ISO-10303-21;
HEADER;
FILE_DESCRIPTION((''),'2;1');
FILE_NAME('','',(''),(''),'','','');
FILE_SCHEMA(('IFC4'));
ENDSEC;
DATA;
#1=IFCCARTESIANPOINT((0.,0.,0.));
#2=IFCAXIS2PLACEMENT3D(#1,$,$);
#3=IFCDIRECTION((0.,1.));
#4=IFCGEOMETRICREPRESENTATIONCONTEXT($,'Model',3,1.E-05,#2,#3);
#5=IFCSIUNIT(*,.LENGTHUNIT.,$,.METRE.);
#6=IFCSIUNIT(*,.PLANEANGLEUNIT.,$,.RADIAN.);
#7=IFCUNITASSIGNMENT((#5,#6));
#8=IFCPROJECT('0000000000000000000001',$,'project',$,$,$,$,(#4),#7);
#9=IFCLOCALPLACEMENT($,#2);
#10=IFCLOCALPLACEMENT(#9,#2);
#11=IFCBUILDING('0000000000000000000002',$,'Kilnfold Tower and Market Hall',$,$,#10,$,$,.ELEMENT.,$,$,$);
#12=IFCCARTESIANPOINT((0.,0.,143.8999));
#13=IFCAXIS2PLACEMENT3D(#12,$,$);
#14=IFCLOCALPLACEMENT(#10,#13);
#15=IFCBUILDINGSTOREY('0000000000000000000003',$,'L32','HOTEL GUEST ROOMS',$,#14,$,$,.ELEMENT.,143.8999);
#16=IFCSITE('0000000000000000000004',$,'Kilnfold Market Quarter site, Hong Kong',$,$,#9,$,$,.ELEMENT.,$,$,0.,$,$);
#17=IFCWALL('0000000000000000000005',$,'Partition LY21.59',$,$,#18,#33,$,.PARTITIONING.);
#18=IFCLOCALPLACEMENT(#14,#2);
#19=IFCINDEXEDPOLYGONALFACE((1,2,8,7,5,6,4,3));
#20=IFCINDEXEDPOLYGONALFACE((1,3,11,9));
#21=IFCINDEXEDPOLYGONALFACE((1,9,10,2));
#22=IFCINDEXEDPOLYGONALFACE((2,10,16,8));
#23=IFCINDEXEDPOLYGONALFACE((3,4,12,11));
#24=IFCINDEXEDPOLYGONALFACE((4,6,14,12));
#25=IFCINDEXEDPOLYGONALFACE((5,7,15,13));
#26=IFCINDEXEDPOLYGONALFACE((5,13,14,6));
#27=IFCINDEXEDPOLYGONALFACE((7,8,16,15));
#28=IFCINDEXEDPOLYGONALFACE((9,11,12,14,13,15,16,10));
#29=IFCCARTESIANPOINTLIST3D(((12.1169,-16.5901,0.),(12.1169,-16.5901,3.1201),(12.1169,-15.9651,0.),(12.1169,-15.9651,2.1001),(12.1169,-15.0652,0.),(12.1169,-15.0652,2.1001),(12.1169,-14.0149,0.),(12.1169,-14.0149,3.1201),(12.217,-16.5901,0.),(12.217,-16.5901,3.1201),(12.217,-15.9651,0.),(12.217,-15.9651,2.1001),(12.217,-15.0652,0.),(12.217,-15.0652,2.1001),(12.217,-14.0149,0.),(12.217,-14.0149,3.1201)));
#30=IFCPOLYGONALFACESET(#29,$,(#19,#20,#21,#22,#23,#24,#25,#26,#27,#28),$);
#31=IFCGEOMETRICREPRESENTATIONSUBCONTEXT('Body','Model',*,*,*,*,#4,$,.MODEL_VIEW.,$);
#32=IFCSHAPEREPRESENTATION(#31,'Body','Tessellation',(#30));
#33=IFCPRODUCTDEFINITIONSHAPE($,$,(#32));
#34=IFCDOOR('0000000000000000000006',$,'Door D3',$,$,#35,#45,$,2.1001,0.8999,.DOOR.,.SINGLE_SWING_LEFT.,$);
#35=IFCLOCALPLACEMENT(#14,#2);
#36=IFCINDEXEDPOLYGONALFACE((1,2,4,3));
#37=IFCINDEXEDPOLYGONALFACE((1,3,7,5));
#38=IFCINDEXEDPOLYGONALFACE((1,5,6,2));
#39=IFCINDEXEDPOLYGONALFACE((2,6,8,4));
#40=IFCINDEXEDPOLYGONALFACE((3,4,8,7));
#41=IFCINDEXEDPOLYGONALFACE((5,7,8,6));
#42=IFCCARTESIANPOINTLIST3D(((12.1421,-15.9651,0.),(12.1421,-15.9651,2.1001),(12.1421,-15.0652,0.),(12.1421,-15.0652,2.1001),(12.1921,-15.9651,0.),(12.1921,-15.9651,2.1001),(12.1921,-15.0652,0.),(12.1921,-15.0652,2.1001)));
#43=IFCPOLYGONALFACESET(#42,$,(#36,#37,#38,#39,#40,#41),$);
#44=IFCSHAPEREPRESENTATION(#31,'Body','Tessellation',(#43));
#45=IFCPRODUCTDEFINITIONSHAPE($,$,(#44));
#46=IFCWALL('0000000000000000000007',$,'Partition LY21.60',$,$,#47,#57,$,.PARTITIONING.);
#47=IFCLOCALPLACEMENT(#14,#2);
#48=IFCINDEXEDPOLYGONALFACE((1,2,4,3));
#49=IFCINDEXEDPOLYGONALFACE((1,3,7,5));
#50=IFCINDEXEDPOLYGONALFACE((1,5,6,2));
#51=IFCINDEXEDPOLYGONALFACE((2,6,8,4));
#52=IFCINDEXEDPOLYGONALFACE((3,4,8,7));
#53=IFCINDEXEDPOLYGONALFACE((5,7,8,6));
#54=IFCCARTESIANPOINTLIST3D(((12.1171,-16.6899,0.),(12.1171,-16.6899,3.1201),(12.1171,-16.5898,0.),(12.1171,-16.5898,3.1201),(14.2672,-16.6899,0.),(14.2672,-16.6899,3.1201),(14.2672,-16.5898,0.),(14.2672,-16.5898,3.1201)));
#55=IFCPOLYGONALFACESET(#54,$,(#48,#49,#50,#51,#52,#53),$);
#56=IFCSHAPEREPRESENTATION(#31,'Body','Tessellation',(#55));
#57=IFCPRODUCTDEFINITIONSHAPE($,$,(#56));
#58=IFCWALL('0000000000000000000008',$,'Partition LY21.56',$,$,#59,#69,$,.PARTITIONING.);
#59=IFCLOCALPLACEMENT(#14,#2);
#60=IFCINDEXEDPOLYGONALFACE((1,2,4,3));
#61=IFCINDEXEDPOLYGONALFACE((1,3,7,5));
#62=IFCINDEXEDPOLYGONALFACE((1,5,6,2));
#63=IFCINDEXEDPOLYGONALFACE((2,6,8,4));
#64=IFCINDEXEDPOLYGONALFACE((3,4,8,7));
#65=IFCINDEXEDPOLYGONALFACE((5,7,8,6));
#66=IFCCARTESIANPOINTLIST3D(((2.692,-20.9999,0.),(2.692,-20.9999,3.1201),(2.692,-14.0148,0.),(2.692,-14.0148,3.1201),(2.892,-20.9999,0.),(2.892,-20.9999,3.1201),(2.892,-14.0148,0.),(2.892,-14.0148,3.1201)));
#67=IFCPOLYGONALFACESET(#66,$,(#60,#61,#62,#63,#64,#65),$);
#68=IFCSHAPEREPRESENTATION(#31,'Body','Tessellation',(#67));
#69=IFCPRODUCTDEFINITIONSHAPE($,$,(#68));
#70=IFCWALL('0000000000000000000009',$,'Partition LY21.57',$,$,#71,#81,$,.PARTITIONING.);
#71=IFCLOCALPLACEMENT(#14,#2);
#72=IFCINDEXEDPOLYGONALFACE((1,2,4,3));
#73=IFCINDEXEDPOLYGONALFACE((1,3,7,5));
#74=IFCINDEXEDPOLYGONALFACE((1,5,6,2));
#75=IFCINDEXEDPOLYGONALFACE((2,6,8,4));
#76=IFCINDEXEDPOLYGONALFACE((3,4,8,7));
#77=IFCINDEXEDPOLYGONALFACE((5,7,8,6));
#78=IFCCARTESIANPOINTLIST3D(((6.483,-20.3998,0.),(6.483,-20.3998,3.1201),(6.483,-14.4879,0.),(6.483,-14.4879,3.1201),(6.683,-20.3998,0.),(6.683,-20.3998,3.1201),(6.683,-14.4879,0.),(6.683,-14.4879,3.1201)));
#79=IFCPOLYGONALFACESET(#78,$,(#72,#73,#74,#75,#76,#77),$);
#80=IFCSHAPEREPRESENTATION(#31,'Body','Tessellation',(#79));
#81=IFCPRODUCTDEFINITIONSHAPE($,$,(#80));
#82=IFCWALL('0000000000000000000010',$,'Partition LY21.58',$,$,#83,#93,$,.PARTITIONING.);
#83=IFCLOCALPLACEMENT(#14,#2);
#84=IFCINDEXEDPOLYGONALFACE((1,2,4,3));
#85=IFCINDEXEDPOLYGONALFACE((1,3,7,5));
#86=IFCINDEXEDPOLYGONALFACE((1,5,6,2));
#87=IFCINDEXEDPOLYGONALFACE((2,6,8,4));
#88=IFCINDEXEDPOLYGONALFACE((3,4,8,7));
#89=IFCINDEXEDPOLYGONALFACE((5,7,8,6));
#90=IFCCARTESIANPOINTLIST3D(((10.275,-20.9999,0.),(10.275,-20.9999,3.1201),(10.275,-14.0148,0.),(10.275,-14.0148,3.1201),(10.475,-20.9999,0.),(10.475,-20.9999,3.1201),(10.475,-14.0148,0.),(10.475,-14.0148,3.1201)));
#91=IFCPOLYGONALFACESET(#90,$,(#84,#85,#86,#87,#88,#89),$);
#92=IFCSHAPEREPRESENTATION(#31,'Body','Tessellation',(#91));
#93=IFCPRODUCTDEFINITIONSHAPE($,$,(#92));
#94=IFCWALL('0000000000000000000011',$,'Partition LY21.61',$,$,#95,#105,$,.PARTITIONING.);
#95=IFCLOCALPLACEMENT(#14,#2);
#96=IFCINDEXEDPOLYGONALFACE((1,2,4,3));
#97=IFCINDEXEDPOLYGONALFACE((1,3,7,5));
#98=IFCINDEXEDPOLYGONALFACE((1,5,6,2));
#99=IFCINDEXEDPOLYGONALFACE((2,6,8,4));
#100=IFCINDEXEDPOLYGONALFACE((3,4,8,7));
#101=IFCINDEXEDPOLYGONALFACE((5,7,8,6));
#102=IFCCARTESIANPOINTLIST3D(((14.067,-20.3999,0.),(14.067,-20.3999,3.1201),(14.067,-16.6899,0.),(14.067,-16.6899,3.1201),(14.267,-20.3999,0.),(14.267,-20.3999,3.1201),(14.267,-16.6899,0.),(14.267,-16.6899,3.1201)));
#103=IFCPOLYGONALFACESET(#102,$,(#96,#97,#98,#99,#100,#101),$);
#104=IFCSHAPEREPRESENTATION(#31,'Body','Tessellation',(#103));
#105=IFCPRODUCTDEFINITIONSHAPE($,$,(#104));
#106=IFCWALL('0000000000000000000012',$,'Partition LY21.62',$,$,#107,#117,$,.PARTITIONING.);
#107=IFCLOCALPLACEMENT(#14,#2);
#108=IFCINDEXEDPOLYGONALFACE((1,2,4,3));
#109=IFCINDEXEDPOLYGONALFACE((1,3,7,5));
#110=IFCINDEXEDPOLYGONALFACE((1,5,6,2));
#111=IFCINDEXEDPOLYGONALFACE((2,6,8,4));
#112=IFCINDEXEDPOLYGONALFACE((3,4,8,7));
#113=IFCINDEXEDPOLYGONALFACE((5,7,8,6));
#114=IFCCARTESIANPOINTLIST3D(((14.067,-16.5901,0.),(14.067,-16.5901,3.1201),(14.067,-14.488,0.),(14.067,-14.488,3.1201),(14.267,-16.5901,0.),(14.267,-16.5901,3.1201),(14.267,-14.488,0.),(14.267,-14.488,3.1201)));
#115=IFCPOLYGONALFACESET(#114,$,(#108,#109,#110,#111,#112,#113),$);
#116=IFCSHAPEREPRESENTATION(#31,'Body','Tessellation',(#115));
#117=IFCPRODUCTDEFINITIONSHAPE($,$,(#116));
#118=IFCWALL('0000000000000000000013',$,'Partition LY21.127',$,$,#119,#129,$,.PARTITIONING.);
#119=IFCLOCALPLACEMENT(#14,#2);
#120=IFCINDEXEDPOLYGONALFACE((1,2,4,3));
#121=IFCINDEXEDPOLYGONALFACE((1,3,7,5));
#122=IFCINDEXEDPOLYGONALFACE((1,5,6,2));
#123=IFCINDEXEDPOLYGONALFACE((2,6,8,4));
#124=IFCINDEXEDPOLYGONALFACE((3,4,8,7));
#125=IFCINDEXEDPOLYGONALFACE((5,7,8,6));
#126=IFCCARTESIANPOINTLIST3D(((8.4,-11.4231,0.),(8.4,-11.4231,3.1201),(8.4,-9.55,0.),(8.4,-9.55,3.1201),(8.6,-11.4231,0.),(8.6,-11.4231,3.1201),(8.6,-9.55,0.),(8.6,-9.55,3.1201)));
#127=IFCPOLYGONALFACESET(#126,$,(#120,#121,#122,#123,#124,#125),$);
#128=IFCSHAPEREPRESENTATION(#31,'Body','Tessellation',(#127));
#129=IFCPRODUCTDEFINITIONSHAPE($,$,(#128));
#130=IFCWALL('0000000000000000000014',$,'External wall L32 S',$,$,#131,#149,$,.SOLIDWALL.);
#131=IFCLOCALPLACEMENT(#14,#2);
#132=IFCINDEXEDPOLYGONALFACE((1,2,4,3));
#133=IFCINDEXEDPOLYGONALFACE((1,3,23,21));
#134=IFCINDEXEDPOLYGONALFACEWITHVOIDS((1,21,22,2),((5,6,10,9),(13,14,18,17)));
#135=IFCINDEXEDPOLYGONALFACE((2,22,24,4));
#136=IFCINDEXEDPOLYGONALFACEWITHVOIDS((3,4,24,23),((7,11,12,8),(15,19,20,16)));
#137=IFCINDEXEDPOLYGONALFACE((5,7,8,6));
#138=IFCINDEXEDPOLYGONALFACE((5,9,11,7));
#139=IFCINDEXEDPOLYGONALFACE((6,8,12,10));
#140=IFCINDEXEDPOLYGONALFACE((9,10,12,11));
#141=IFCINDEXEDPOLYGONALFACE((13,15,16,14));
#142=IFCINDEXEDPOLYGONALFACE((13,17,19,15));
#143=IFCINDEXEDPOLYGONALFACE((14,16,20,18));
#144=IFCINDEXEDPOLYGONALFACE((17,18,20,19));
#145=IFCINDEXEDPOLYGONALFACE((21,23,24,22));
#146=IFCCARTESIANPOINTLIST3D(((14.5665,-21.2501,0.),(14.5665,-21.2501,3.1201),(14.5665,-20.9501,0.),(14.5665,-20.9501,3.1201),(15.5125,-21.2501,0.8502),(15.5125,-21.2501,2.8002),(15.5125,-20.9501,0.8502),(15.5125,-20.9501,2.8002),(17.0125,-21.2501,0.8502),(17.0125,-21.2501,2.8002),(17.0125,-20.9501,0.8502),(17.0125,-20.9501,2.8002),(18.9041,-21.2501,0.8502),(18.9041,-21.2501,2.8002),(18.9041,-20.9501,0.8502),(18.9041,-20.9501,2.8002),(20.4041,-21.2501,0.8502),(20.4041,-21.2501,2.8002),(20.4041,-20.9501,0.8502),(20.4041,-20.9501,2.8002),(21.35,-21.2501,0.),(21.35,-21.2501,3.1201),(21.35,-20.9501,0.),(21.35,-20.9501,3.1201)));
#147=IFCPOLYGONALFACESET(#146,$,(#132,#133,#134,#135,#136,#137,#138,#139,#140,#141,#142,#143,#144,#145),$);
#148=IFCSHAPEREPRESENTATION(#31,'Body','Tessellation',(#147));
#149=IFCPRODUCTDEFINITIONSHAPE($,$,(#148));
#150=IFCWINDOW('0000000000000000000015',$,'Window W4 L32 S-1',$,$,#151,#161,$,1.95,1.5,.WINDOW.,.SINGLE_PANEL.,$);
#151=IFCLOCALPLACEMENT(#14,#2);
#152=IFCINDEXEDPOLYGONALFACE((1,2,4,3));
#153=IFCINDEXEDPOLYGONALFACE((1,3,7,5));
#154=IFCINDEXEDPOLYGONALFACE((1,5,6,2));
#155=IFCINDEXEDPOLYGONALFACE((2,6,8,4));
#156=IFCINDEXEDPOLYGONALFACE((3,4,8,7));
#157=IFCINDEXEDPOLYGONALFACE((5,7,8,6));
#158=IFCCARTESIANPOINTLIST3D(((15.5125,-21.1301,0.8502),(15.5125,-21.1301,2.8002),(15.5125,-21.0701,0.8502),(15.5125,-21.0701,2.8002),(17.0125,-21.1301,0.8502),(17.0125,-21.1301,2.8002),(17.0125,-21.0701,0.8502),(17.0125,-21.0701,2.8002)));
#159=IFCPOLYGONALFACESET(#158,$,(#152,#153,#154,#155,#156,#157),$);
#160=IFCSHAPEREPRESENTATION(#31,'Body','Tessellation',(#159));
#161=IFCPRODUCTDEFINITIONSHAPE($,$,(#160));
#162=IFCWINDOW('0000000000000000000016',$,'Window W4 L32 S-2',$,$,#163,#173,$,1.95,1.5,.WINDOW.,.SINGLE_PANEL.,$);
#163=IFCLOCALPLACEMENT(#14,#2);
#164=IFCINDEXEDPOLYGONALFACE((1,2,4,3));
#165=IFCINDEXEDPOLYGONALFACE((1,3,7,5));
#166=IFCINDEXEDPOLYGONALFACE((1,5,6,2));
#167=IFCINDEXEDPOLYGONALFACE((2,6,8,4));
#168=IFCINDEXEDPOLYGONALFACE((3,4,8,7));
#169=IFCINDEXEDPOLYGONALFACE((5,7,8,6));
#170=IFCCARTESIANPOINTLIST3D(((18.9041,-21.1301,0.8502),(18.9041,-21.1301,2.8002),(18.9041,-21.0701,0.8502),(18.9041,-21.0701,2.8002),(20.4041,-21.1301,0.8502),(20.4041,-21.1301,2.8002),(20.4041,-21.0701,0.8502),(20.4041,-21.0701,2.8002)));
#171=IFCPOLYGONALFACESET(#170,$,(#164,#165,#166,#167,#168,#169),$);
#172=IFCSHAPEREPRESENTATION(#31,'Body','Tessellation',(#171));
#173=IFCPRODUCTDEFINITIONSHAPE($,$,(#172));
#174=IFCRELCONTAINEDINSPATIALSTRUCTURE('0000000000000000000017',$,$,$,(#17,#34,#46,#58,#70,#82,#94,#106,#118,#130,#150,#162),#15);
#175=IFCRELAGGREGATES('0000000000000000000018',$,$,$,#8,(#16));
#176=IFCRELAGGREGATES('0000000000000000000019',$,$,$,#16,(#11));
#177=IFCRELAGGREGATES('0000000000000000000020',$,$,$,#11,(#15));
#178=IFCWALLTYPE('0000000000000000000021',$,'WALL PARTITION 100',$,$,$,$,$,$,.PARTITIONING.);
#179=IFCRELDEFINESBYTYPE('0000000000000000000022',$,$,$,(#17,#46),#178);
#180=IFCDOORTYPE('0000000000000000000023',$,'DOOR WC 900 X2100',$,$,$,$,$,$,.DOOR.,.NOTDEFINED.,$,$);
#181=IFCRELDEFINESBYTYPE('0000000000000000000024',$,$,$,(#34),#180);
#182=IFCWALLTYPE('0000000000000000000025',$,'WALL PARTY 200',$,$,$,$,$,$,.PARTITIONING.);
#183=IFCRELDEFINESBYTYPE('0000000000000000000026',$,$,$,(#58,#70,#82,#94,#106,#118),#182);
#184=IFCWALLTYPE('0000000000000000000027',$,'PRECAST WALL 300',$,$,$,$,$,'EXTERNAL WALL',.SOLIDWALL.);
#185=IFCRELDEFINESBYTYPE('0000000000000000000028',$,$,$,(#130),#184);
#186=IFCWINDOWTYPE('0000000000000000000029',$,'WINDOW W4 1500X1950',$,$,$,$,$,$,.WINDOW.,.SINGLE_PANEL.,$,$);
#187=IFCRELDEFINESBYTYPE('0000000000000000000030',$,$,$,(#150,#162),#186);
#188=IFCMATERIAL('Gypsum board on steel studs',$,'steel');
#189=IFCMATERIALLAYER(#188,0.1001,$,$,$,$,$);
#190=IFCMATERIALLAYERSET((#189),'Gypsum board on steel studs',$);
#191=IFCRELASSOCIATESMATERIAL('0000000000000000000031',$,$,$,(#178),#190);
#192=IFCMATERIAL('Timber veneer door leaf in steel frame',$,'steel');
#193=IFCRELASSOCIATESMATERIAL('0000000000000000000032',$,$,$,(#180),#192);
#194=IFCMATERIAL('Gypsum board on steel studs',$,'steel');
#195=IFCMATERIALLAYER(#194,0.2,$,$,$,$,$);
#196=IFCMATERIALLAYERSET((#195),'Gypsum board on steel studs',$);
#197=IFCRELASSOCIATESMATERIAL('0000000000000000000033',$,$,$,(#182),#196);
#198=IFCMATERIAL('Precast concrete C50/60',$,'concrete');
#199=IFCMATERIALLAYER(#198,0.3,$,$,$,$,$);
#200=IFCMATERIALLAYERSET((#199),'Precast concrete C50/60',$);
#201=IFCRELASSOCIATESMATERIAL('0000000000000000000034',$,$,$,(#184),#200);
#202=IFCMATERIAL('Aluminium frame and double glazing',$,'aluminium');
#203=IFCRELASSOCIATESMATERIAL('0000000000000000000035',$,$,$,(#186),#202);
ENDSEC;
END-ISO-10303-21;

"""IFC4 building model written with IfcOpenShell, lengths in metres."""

from ifc_helpers import new_model, si_unit, direction, frame, frame_2d, origin, place, context, subcontext, project, spatial, rectangle, extrude, source, transform, mapped, material, layer, layer_set, type_object, element, fill, save


model = new_model("IFC4")

# Units and contexts
model_context = context("Model", 3, precision=1e-05, world=origin(), true_north=direction((0.0, 1.0)))
body_context = subcontext(model_context, "Body", "Model", "MODEL_VIEW")
ifc_project = project(units=[si_unit("LENGTHUNIT", "METRE"), si_unit("PLANEANGLEUNIT", "RADIAN")], contexts=[model_context])

# Site, building, storey
site_placement = place(None, origin())
site = spatial("IfcSite", under=ifc_project, at=site_placement, Name="Kilnfold Market Quarter site, Hong Kong", CompositionType="ELEMENT", RefElevation=0.0)
building_placement = place(site_placement, origin())
building = spatial("IfcBuilding", under=site, at=building_placement, Name="Kilnfold Tower and Market Hall", CompositionType="ELEMENT")
storey_placement = place(building_placement, frame((0.0, 0.0, 143.8999)))
storey = spatial("IfcBuildingStorey", under=building, at=storey_placement, Name="L32", Description="HOTEL GUEST ROOMS", CompositionType="ELEMENT", Elevation=143.8999)

# Wall, opening, door
ifc_material_1 = material(Name="Gypsum board on steel studs", Category="steel")
ifc_layer_1 = layer(ifc_material_1, 0.1001)
ifc_layer_set_1 = layer_set([ifc_layer_1], Name="Gypsum board on steel studs")
wall_type_1 = type_object("IfcWallType", Name="WALL PARTITION 100", PredefinedType="PARTITIONING", material=ifc_layer_set_1)
ifc_material_2 = material(Name="Timber veneer door leaf in steel frame", Category="steel")
door_type_1 = type_object("IfcDoorType", Name="DOOR WC 900 X2100", OperationType="NOTDEFINED", PredefinedType="DOOR", material=ifc_material_2)
wall_1_placement = place(storey_placement, frame((12.167, -16.5901, 0.0), z_axis=(0.0, 0.0, 1.0), x_axis=(0.0, 1.0, 0.0)))
wall_1 = element("IfcWall", 1, at=wall_1_placement, inside=storey, type_object=wall_type_1, Name="Partition LY21.59", PredefinedType="PARTITIONING", context=body_context, shape_type="SweptSolid", body=[
    extrude(rectangle(XDim=2.5752, YDim=0.1001, at=frame_2d((1.2876, 0.0))), origin(), (0.0, 0.0, 1.0), 3.1201),
])
opening_1_placement = place(wall_1_placement, frame((0.625, 0.0, 0.0)))
opening_1 = element("IfcOpeningElement", 2, at=opening_1_placement, cuts=wall_1, PredefinedType="OPENING", context=body_context, shape_type="SweptSolid", body=[
    extrude(rectangle(XDim=0.8999, YDim=2.1001, at=frame_2d((0.45, 1.05))), frame((0.0, 0.0601, 0.0), z_axis=(0.0, -1.0, 0.0), x_axis=(1.0, 0.0, 0.0)), (0.0, 0.0, 1.0), 0.1201),
])
door_1_placement = place(opening_1_placement, origin())
door_1 = element("IfcDoor", 3, at=door_1_placement, inside=storey, type_object=door_type_1, Name="Door D3", OperationType="SINGLE_SWING_LEFT", OverallHeight=2.1001, OverallWidth=0.8999, PredefinedType="DOOR", context=body_context, shape_type="SweptSolid", body=[
    extrude(rectangle(XDim=0.8999, YDim=2.1001, at=frame_2d((0.45, 1.05))), frame((0.0, 0.0249, 0.0), z_axis=(0.0, -1.0, 0.0), x_axis=(1.0, 0.0, 0.0)), (0.0, 0.0, 1.0), 0.05),
])
fill(opening_1, door_1)

# Walls
wall_2_placement = place(storey_placement, frame((12.1169, -16.6399, 0.0), z_axis=(0.0, 0.0, 1.0), x_axis=(1.0, 0.0, 0.0)))
element("IfcWall", 4, at=wall_2_placement, inside=storey, type_object=wall_type_1, Name="Partition LY21.60", PredefinedType="PARTITIONING", context=body_context, shape_type="SweptSolid", body=[
    extrude(rectangle(XDim=2.1501, YDim=0.1001, at=frame_2d((1.0752, 0.0))), origin(), (0.0, 0.0, 1.0), 3.1201),
])
ifc_material_3 = material(Name="Gypsum board on steel studs", Category="steel")
ifc_layer_2 = layer(ifc_material_3, 0.2)
ifc_layer_set_2 = layer_set([ifc_layer_2], Name="Gypsum board on steel studs")
wall_type_2 = type_object("IfcWallType", Name="WALL PARTY 200", PredefinedType="PARTITIONING", material=ifc_layer_set_2)
wall_3_placement = place(storey_placement, frame((2.792, -21.0, 0.0), z_axis=(0.0, 0.0, 1.0), x_axis=(0.0, 1.0, 0.0)))
element("IfcWall", 5, at=wall_3_placement, inside=storey, type_object=wall_type_2, Name="Partition LY21.56", PredefinedType="PARTITIONING", context=body_context, shape_type="SweptSolid", body=[
    extrude(rectangle(XDim=6.9851, YDim=0.2, at=frame_2d((3.4927, 0.0))), origin(), (0.0, 0.0, 1.0), 3.1201),
])
wall_4_placement = place(storey_placement, frame((6.583, -20.3999, 0.0), z_axis=(0.0, 0.0, 1.0), x_axis=(0.0, 1.0, 0.0)))
element("IfcWall", 6, at=wall_4_placement, inside=storey, type_object=wall_type_2, Name="Partition LY21.57", PredefinedType="PARTITIONING", context=body_context, shape_type="SweptSolid", body=[
    extrude(rectangle(XDim=5.9119, YDim=0.2, at=frame_2d((2.9561, 0.0))), origin(), (0.0, 0.0, 1.0), 3.1201),
])
wall_5_placement = place(storey_placement, frame((10.375, -21.0, 0.0), z_axis=(0.0, 0.0, 1.0), x_axis=(0.0, 1.0, 0.0)))
element("IfcWall", 7, at=wall_5_placement, inside=storey, type_object=wall_type_2, Name="Partition LY21.58", PredefinedType="PARTITIONING", context=body_context, shape_type="SweptSolid", body=[
    extrude(rectangle(XDim=6.9851, YDim=0.2, at=frame_2d((3.4927, 0.0))), origin(), (0.0, 0.0, 1.0), 3.1201),
])
wall_6_placement = place(storey_placement, frame((14.167, -20.3999, 0.0), z_axis=(0.0, 0.0, 1.0), x_axis=(0.0, 1.0, 0.0)))
element("IfcWall", 8, at=wall_6_placement, inside=storey, type_object=wall_type_2, Name="Partition LY21.61", PredefinedType="PARTITIONING", context=body_context, shape_type="SweptSolid", body=[
    extrude(rectangle(XDim=3.71, YDim=0.2, at=frame_2d((1.855, 0.0))), origin(), (0.0, 0.0, 1.0), 3.1201),
])
wall_7_placement = place(storey_placement, frame((14.167, -16.5901, 0.0), z_axis=(0.0, 0.0, 1.0), x_axis=(0.0, 1.0, 0.0)))
element("IfcWall", 9, at=wall_7_placement, inside=storey, type_object=wall_type_2, Name="Partition LY21.62", PredefinedType="PARTITIONING", context=body_context, shape_type="SweptSolid", body=[
    extrude(rectangle(XDim=2.1021, YDim=0.2, at=frame_2d((1.051, 0.0))), origin(), (0.0, 0.0, 1.0), 3.1201),
])
wall_8_placement = place(storey_placement, frame((8.5, -11.4231, 0.0), z_axis=(0.0, 0.0, 1.0), x_axis=(0.0, 1.0, 0.0)))
element("IfcWall", 10, at=wall_8_placement, inside=storey, type_object=wall_type_2, Name="Partition LY21.127", PredefinedType="PARTITIONING", context=body_context, shape_type="SweptSolid", body=[
    extrude(rectangle(XDim=1.873, YDim=0.2, at=frame_2d((0.9365, 0.0))), origin(), (0.0, 0.0, 1.0), 3.1201),
])

# Wall, openings, windows
ifc_material_4 = material(Name="Precast concrete C50/60", Category="concrete")
ifc_layer_3 = layer(ifc_material_4, 0.3)
ifc_layer_set_3 = layer_set([ifc_layer_3], Name="Precast concrete C50/60")
wall_type_3 = type_object("IfcWallType", Name="PRECAST WALL 300", ElementType="EXTERNAL WALL", PredefinedType="SOLIDWALL", material=ifc_layer_set_3)
shared_shape_1 = source(origin(), body_context, "Body", "SweptSolid", [
    extrude(rectangle(XDim=6.7834, YDim=0.3, at=frame_2d((3.3916, 0.0))), origin(), (0.0, 0.0, 1.0), 3.1201),
])
wall_9_placement = place(storey_placement, frame((14.5667, -21.1001, 0.0), z_axis=(0.0, 0.0, 1.0), x_axis=(1.0, 0.0, 0.0)))
wall_9 = element("IfcWall", 11, at=wall_9_placement, inside=storey, type_object=wall_type_3, Name="External wall L32 S", PredefinedType="SOLIDWALL", context=body_context, shape_type="MappedRepresentation", body=[
    mapped(shared_shape_1, transform((0.0, 0.0, 0.0))),
])
opening_2_placement = place(wall_9_placement, frame((0.9458, 0.0, 0.8501)))
opening_2 = element("IfcOpeningElement", 12, at=opening_2_placement, cuts=wall_9, PredefinedType="OPENING", context=body_context, shape_type="SweptSolid", body=[
    extrude(rectangle(XDim=1.5, YDim=1.95, at=frame_2d((0.75, 0.9751))), frame((0.0, 0.1602, 0.0), z_axis=(0.0, -1.0, 0.0), x_axis=(1.0, 0.0, 0.0)), (0.0, 0.0, 1.0), 0.3201),
])
opening_3_placement = place(wall_9_placement, frame((4.3374, 0.0, 0.8501)))
opening_3 = element("IfcOpeningElement", 13, at=opening_3_placement, cuts=wall_9, PredefinedType="OPENING", context=body_context, shape_type="SweptSolid", body=[
    extrude(rectangle(XDim=1.5, YDim=1.95, at=frame_2d((0.75, 0.9751))), frame((0.0, 0.1602, 0.0), z_axis=(0.0, -1.0, 0.0), x_axis=(1.0, 0.0, 0.0)), (0.0, 0.0, 1.0), 0.3201),
])
ifc_material_5 = material(Name="Aluminium frame and double glazing", Category="aluminium")
window_type = type_object("IfcWindowType", Name="WINDOW W4 1500X1950", PartitioningType="SINGLE_PANEL", PredefinedType="WINDOW", material=ifc_material_5)
window_1_placement = place(opening_2_placement, origin())
window_1 = element("IfcWindow", 14, at=window_1_placement, inside=storey, type_object=window_type, Name="Window W4 L32 S-1", OverallHeight=1.95, OverallWidth=1.5, PartitioningType="SINGLE_PANEL", PredefinedType="WINDOW", context=body_context, shape_type="SweptSolid", body=[
    extrude(rectangle(XDim=1.5, YDim=1.95, at=frame_2d((0.75, 0.9751))), frame((0.0, 0.03, 0.0), z_axis=(0.0, -1.0, 0.0), x_axis=(1.0, 0.0, 0.0)), (0.0, 0.0, 1.0), 0.0601),
])
fill(opening_2, window_1)
window_2_placement = place(opening_3_placement, origin())
window_2 = element("IfcWindow", 15, at=window_2_placement, inside=storey, type_object=window_type, Name="Window W4 L32 S-2", OverallHeight=1.95, OverallWidth=1.5, PartitioningType="SINGLE_PANEL", PredefinedType="WINDOW", context=body_context, shape_type="SweptSolid", body=[
    extrude(rectangle(XDim=1.5, YDim=1.95, at=frame_2d((0.75, 0.9751))), frame((0.0, 0.03, 0.0), z_axis=(0.0, -1.0, 0.0), x_axis=(1.0, 0.0, 0.0)), (0.0, 0.0, 1.0), 0.0601),
])
fill(opening_3, window_2)

save(model, "model.ifc")
